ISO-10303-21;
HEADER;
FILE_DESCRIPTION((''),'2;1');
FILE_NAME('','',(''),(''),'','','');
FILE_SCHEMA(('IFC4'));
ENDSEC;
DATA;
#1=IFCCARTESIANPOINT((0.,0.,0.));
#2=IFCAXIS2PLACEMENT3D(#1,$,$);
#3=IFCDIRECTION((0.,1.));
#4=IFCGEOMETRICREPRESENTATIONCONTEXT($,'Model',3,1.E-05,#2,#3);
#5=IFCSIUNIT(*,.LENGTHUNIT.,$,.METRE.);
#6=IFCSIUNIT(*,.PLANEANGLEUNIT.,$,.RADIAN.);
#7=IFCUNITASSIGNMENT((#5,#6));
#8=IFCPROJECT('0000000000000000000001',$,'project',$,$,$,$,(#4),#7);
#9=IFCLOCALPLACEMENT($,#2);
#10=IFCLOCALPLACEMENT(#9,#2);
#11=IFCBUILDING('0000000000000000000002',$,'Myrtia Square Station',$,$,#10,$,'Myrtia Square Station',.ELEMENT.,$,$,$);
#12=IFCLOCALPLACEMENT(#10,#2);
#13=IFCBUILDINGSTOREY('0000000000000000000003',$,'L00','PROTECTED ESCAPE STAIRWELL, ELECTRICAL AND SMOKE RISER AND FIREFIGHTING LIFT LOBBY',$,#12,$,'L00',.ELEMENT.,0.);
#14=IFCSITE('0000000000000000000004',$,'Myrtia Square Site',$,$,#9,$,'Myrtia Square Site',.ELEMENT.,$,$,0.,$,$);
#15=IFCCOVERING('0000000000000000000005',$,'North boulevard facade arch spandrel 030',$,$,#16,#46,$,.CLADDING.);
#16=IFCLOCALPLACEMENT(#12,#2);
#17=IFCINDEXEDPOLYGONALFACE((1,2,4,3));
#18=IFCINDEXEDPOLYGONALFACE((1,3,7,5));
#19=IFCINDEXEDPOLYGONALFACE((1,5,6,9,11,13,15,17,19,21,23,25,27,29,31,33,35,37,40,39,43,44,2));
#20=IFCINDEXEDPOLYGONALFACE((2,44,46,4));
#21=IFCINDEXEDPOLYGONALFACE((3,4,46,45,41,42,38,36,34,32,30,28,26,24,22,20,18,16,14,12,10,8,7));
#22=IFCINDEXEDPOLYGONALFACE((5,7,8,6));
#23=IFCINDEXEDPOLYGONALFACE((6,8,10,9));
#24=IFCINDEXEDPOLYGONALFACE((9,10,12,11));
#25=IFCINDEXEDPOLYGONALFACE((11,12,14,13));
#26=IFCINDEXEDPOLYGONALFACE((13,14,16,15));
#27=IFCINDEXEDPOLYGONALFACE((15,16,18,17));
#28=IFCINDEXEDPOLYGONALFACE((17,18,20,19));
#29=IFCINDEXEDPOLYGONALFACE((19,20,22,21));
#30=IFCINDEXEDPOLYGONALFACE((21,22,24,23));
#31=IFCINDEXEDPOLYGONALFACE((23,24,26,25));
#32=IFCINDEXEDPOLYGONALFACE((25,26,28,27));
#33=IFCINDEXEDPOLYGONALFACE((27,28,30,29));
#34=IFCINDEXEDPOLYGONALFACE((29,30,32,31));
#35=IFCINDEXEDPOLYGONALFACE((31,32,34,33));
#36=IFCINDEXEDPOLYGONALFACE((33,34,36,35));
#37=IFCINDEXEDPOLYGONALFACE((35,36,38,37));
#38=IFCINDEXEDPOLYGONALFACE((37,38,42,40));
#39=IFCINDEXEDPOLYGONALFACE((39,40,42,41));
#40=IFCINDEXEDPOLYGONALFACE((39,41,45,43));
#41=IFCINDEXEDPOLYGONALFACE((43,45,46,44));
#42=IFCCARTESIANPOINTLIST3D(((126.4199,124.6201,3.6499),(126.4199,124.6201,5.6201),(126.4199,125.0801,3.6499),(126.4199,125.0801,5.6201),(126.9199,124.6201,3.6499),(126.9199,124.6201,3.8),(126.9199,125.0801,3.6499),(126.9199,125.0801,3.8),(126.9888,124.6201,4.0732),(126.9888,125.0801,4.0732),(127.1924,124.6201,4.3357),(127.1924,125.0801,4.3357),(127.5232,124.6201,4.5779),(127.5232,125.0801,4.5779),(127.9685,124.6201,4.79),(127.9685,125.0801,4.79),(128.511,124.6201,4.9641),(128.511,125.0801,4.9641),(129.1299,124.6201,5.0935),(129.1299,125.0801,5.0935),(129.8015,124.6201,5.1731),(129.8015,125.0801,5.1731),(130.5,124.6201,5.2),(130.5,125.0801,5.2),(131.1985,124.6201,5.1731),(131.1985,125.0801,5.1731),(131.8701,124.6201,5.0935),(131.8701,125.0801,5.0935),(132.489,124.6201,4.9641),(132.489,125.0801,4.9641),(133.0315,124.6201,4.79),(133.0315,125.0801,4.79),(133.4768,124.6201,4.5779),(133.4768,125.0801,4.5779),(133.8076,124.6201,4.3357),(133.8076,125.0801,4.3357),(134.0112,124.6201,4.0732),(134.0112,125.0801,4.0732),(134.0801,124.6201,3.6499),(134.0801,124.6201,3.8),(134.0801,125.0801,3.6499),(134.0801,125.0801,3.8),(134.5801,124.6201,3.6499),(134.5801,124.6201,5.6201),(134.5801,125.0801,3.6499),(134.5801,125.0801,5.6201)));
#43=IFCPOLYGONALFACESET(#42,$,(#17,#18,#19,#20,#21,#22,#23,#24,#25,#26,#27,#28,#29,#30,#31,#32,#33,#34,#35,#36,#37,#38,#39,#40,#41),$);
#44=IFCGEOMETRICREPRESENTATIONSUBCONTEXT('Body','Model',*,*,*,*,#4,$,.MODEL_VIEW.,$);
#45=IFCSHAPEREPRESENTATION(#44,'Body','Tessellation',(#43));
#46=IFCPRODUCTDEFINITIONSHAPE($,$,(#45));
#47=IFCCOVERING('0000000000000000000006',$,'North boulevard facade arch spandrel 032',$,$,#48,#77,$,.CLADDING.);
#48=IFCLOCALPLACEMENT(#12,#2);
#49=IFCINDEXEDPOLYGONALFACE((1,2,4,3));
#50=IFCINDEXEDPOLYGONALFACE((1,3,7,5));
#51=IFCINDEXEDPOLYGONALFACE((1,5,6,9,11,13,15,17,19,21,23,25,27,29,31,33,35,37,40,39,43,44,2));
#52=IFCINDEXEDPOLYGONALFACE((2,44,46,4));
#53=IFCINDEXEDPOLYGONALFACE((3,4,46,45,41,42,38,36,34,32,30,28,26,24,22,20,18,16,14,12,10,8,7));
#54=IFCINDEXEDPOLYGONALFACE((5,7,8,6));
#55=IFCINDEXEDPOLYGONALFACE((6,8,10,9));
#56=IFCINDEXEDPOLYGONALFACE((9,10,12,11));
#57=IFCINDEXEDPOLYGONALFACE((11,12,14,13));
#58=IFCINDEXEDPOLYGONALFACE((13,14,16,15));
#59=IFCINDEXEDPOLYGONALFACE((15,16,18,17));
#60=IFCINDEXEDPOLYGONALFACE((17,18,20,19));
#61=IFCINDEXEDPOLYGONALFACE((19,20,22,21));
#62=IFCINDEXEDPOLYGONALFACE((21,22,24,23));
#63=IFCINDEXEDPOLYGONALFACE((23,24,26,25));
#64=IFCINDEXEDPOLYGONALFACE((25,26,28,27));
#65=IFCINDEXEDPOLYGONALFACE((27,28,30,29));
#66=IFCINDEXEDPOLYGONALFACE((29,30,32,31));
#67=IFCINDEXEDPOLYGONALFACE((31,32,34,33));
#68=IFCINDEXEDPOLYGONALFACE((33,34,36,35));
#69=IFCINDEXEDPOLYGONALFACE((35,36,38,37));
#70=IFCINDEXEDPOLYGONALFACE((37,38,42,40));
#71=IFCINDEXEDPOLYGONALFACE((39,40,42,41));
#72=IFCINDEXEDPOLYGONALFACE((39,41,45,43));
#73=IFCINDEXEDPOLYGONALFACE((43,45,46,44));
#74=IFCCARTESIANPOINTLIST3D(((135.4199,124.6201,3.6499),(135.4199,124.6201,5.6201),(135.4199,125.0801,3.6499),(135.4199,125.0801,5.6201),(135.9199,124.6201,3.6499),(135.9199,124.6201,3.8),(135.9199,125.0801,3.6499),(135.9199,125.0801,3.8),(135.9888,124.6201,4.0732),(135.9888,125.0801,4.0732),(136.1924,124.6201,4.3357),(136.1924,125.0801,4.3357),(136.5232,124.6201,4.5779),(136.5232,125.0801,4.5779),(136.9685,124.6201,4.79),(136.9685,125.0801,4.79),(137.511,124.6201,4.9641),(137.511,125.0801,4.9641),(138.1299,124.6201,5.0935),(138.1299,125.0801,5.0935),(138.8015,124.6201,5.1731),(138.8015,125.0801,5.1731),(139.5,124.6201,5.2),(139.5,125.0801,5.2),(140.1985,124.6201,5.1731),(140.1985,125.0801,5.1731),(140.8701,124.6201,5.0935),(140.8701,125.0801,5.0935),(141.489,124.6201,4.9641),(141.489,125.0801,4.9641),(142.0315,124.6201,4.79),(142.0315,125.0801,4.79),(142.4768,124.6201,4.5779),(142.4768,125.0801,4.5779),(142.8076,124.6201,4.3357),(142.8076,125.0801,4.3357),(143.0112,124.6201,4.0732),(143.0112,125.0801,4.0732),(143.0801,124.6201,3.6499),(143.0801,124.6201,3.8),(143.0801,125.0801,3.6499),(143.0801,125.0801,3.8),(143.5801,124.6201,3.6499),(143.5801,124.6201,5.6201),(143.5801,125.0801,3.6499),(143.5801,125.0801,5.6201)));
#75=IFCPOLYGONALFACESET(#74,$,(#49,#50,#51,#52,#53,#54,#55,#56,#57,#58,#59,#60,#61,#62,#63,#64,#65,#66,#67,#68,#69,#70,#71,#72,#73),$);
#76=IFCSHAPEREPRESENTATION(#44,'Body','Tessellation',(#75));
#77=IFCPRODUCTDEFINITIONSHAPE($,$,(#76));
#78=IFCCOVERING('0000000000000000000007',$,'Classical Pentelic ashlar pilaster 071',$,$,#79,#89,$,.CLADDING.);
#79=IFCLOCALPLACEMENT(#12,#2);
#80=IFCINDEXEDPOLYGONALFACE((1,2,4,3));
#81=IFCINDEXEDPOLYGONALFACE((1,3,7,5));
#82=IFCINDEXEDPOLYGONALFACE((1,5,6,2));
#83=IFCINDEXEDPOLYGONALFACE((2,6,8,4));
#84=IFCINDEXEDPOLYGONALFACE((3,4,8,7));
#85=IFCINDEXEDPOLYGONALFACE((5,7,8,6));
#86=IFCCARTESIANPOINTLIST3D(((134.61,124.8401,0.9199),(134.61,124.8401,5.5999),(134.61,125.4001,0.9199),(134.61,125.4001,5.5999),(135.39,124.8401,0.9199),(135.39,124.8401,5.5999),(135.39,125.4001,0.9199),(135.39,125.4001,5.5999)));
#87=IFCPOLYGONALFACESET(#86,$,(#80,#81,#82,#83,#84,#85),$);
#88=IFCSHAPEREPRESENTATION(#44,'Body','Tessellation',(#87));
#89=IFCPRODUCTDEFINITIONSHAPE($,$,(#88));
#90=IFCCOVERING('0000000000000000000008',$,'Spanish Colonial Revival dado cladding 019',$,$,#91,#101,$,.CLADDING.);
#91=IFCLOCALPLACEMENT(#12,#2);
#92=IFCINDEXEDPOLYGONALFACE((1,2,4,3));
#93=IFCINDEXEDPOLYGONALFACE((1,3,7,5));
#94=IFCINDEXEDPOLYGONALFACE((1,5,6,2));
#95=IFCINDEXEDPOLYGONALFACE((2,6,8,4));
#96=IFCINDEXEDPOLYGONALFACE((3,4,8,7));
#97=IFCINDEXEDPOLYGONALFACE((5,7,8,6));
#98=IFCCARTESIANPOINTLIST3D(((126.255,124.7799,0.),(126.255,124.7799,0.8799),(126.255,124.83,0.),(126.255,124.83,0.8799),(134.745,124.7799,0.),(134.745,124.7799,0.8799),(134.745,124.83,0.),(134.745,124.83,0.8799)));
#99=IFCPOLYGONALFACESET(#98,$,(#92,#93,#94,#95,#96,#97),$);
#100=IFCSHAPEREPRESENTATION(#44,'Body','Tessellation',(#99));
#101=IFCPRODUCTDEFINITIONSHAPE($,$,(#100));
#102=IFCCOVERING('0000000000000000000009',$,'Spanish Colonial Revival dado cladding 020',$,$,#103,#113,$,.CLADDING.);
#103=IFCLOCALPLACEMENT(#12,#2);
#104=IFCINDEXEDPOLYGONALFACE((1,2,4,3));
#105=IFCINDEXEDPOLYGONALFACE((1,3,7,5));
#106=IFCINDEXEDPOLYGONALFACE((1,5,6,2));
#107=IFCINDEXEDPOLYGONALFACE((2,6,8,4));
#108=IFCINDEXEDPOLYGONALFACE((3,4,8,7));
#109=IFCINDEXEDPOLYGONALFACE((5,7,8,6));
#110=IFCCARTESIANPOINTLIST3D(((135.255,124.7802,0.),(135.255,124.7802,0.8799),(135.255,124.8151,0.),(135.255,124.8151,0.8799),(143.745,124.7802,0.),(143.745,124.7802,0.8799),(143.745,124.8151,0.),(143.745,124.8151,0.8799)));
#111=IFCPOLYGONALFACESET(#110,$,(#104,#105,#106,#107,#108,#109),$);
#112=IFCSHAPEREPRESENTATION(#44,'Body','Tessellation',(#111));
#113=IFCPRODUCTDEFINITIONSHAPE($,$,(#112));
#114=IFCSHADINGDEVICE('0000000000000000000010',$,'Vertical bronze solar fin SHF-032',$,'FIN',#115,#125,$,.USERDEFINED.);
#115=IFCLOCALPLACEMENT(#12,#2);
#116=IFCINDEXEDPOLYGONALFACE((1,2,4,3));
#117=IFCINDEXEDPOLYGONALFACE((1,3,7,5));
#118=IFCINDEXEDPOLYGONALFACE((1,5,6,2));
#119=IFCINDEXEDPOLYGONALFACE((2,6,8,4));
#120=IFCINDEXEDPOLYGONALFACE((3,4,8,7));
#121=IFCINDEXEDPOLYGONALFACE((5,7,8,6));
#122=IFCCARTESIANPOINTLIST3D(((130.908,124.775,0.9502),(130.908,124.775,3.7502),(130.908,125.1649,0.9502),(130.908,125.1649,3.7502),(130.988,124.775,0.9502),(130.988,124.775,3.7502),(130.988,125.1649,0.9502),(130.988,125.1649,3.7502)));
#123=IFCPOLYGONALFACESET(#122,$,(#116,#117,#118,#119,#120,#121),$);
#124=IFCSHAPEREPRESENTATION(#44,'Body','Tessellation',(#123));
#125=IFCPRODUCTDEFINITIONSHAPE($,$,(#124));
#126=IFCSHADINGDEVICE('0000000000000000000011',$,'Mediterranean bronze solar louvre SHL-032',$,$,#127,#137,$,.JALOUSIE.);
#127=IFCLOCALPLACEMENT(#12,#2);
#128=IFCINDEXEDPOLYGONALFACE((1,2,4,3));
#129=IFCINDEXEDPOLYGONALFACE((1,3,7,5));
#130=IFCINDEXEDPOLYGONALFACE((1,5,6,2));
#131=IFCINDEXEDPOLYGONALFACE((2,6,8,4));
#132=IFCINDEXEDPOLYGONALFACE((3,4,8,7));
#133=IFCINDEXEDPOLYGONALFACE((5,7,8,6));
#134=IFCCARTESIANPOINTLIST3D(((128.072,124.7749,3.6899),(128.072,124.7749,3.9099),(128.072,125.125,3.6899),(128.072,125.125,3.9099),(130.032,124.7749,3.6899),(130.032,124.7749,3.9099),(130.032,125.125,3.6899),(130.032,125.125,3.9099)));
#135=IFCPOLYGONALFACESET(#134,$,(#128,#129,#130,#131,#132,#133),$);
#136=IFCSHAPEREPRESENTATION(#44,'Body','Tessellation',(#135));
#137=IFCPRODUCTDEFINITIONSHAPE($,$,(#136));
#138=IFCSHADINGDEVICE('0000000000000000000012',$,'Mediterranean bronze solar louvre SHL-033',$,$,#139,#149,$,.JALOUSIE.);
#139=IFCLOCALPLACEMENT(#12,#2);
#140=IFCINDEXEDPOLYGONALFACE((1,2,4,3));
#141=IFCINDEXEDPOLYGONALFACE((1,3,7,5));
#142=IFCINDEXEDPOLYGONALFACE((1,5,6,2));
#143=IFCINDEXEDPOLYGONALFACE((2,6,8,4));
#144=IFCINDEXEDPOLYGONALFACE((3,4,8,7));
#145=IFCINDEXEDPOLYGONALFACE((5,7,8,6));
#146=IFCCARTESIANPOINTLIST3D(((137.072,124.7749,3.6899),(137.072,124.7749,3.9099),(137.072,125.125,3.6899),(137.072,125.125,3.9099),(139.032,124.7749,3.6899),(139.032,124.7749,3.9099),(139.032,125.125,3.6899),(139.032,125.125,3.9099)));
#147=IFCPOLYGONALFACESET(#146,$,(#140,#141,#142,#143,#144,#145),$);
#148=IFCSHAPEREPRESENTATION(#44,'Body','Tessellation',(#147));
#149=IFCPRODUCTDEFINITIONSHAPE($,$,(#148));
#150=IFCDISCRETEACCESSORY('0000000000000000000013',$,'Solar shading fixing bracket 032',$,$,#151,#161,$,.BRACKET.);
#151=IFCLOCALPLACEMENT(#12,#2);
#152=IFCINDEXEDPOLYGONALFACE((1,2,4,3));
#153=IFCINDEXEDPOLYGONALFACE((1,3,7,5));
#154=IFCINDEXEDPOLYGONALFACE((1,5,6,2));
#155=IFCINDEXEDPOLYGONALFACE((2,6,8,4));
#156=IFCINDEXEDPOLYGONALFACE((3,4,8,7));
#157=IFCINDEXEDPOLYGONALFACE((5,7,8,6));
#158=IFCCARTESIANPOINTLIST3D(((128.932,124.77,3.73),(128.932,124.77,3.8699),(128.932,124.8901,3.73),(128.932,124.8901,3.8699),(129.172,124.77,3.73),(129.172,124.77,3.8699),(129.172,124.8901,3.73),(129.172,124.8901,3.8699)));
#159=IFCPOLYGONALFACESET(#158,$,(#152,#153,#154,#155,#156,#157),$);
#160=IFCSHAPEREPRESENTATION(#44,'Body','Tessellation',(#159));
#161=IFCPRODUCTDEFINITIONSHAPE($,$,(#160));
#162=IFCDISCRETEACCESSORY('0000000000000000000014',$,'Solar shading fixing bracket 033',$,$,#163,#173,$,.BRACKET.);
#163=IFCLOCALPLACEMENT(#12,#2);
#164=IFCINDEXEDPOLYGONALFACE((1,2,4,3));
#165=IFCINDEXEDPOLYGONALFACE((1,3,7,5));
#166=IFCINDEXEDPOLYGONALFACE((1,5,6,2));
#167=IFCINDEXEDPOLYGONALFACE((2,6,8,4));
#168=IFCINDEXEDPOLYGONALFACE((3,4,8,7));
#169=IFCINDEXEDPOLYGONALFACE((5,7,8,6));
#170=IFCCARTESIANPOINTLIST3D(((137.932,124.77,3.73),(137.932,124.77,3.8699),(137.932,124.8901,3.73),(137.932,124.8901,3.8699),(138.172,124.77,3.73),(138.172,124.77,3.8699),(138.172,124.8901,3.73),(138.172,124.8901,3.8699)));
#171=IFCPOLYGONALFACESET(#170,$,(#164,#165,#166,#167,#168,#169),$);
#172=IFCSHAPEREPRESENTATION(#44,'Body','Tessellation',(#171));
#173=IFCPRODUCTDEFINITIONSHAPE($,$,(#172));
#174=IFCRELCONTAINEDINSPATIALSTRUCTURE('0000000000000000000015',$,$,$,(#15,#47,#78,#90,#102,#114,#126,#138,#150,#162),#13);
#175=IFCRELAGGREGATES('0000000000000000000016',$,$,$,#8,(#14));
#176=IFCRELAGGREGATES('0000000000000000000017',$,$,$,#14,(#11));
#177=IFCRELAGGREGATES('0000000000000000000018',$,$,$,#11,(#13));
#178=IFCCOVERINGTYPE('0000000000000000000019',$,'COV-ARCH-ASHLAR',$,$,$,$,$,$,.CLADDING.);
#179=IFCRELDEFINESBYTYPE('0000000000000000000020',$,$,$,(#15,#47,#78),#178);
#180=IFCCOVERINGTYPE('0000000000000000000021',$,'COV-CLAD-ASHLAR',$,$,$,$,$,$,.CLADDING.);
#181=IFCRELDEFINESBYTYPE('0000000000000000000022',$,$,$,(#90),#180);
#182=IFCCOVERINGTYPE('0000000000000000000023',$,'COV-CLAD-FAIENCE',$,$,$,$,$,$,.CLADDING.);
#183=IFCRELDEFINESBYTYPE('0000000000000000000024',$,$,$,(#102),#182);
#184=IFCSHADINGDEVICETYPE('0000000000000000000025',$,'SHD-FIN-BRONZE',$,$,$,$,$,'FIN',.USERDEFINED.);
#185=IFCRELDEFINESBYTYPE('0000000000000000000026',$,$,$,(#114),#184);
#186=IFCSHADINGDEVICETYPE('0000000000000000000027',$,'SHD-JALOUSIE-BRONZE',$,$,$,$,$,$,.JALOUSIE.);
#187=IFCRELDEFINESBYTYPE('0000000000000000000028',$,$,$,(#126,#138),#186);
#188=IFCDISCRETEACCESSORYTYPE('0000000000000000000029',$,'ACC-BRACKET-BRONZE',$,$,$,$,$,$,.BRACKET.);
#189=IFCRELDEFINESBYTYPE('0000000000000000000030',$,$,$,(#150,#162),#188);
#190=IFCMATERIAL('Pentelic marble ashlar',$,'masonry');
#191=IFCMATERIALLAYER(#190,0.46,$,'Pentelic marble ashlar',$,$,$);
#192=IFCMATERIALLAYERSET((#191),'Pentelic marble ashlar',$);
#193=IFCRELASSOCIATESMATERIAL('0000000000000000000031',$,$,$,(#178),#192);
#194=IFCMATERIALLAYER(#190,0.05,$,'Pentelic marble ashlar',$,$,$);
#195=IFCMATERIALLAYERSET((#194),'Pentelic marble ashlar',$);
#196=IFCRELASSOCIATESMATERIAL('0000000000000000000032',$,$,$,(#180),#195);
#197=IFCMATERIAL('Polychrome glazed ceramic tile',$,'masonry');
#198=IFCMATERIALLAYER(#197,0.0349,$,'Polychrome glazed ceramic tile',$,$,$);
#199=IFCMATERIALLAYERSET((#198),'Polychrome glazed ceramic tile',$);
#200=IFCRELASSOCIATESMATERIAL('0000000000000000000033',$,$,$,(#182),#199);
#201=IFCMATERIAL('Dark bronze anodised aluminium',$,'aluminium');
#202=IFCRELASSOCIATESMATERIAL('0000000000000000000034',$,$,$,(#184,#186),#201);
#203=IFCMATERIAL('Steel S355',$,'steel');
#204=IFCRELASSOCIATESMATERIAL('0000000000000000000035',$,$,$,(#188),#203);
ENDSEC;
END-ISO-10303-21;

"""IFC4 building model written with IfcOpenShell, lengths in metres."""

from ifc_helpers import new_model, si_unit, direction, frame, origin, origin_2d, place, context, subcontext, project, spatial, polyline, rectangle, outline, extrude, material, layer, layer_set, type_object, element, save


model = new_model("IFC4")

# Units and contexts
model_context = context("Model", 3, precision=1e-05, world=origin(), true_north=direction((0.0, 1.0)))
body_context = subcontext(model_context, "Body", "Model", "MODEL_VIEW")
ifc_project = project(units=[si_unit("LENGTHUNIT", "METRE"), si_unit("PLANEANGLEUNIT", "RADIAN")], contexts=[model_context])

# Site, building, storey
site_placement = place(None, origin())
site = spatial("IfcSite", under=ifc_project, at=site_placement, Name="Myrtia Square Site", LongName="Myrtia Square Site", CompositionType="ELEMENT", RefElevation=0.0)
building_placement = place(site_placement, origin())
building = spatial("IfcBuilding", under=site, at=building_placement, Name="Myrtia Square Station", LongName="Myrtia Square Station", CompositionType="ELEMENT")
storey_placement = place(building_placement, origin())
storey = spatial("IfcBuildingStorey", under=building, at=storey_placement, Name="L00", Description="PROTECTED ESCAPE STAIRWELL, ELECTRICAL AND SMOKE RISER AND FIREFIGHTING LIFT LOBBY", LongName="L00", CompositionType="ELEMENT", Elevation=0.0)

# Shared definitions
ifc_material_1 = material(Name="Steel S355", Category="steel")

# Coverings
ifc_material_2 = material(Name="Pentelic marble ashlar", Category="masonry")
ifc_layer_1 = layer(ifc_material_2, 0.46, Name="Pentelic marble ashlar")
ifc_layer_set_1 = layer_set([ifc_layer_1], Name="Pentelic marble ashlar")
covering_type_1 = type_object("IfcCoveringType", Name="COV-ARCH-ASHLAR", PredefinedType="CLADDING", material=ifc_layer_set_1)
for number, where, z_axis, x_axis, name in (
    (1, (126.4199, 124.8501, 3.6499), (0.0, 0.0, 1.0), (1.0, 0.0, 0.0), "North boulevard facade arch spandrel 030"),
    (2, (135.4199, 124.8501, 3.6499), (0.0, 0.0, 1.0), (1.0, 0.0, 0.0), "North boulevard facade arch spandrel 032"),
):
    element("IfcCovering", number, at=place(storey_placement, frame(where, z_axis=z_axis, x_axis=x_axis)), inside=storey, type_object=covering_type_1, Name=name, PredefinedType="CLADDING", context=body_context, shape_type="SweptSolid", body=[
        extrude(outline(polyline([(0.0, 0.0), (0.5, 0.0), (0.5, 0.1501), (0.5688, 0.4233), (0.7725, 0.6858), (1.1033, 0.928), (1.5486, 1.1401), (2.0911, 1.3142), (2.71, 1.4436), (3.3816, 1.5232), (4.0801, 1.55), (4.7786, 1.5232), (5.4502, 1.4436), (6.0691, 1.3142), (6.6116, 1.1401), (7.0569, 0.928), (7.3877, 0.6858), (7.5913, 0.4233), (7.6602, 0.1501), (7.6602, 0.0), (8.1602, 0.0), (8.1602, 1.9702), (0.0, 1.9702), (0.0, 0.0)])), frame((0.0, 0.23, 0.0), z_axis=(0.0, -1.0, 0.0), x_axis=(1.0, 0.0, 0.0)), (0.0, 0.0, 1.0), 0.46),
    ])
covering_1_placement = place(storey_placement, frame((135.0, 125.1201, 0.9199), z_axis=(0.0, 0.0, 1.0), x_axis=(1.0, 0.0, 0.0)))
element("IfcCovering", 3, at=covering_1_placement, inside=storey, type_object=covering_type_1, Name="Classical Pentelic ashlar pilaster 071", PredefinedType="CLADDING", context=body_context, shape_type="SweptSolid", body=[
    extrude(rectangle(XDim=0.78, YDim=0.5601, at=origin_2d()), origin(), (0.0, 0.0, 1.0), 4.6799),
])
ifc_layer_2 = layer(ifc_material_2, 0.05, Name="Pentelic marble ashlar")
ifc_layer_set_2 = layer_set([ifc_layer_2], Name="Pentelic marble ashlar")
covering_type_2 = type_object("IfcCoveringType", Name="COV-CLAD-ASHLAR", PredefinedType="CLADDING", material=ifc_layer_set_2)
covering_2_placement = place(storey_placement, frame((130.5, 124.8049, 0.0), z_axis=(0.0, 0.0, 1.0), x_axis=(1.0, 0.0, 0.0)))
element("IfcCovering", 4, at=covering_2_placement, inside=storey, type_object=covering_type_2, Name="Spanish Colonial Revival dado cladding 019", PredefinedType="CLADDING", context=body_context, shape_type="SweptSolid", body=[
    extrude(rectangle(XDim=8.49, YDim=0.05, at=origin_2d()), origin(), (0.0, 0.0, 1.0), 0.8799),
])
ifc_material_3 = material(Name="Polychrome glazed ceramic tile", Category="masonry")
ifc_layer_3 = layer(ifc_material_3, 0.0349, Name="Polychrome glazed ceramic tile")
ifc_layer_set_3 = layer_set([ifc_layer_3], Name="Polychrome glazed ceramic tile")
covering_type_3 = type_object("IfcCoveringType", Name="COV-CLAD-FAIENCE", PredefinedType="CLADDING", material=ifc_layer_set_3)
covering_3_placement = place(storey_placement, frame((139.5, 124.7976, 0.0), z_axis=(0.0, 0.0, 1.0), x_axis=(1.0, 0.0, 0.0)))
element("IfcCovering", 5, at=covering_3_placement, inside=storey, type_object=covering_type_3, Name="Spanish Colonial Revival dado cladding 020", PredefinedType="CLADDING", context=body_context, shape_type="SweptSolid", body=[
    extrude(rectangle(XDim=8.49, YDim=0.0349, at=origin_2d()), origin(), (0.0, 0.0, 1.0), 0.8799),
])

# Shading devices
ifc_material_4 = material(Name="Dark bronze anodised aluminium", Category="aluminium")
shading_device_type_1 = type_object("IfcShadingDeviceType", Name="SHD-FIN-BRONZE", ElementType="FIN", PredefinedType="USERDEFINED", material=ifc_material_4)
shading_device_placement = place(storey_placement, frame((130.948, 124.97, 0.9502), z_axis=(0.0, 0.0, 1.0), x_axis=(1.0, 0.0, 0.0)))
element("IfcShadingDevice", 6, at=shading_device_placement, inside=storey, type_object=shading_device_type_1, Name="Vertical bronze solar fin SHF-032", ObjectType="FIN", PredefinedType="USERDEFINED", context=body_context, shape_type="SweptSolid", body=[
    extrude(rectangle(XDim=0.0801, YDim=0.3899, at=origin_2d()), origin(), (0.0, 0.0, 1.0), 2.8),
])
shading_device_type_2 = type_object("IfcShadingDeviceType", Name="SHD-JALOUSIE-BRONZE", PredefinedType="JALOUSIE", material=ifc_material_4)
for number, where, z_axis, x_axis, name in (
    (7, (129.052, 124.95, 3.6899), (0.0, 0.0, 1.0), (1.0, 0.0, 0.0), "Mediterranean bronze solar louvre SHL-032"),
    (8, (138.052, 124.95, 3.6899), (0.0, 0.0, 1.0), (1.0, 0.0, 0.0), "Mediterranean bronze solar louvre SHL-033"),
):
    element("IfcShadingDevice", number, at=place(storey_placement, frame(where, z_axis=z_axis, x_axis=x_axis)), inside=storey, type_object=shading_device_type_2, Name=name, PredefinedType="JALOUSIE", context=body_context, shape_type="SweptSolid", body=[
        extrude(rectangle(XDim=1.96, YDim=0.3501, at=origin_2d()), origin(), (0.0, 0.0, 1.0), 0.22),
    ])

# Discrete accessories
discrete_accessory_type = type_object("IfcDiscreteAccessoryType", Name="ACC-BRACKET-BRONZE", PredefinedType="BRACKET", material=ifc_material_1)
for number, where, z_axis, x_axis, name in (
    (9, (129.052, 124.8301, 3.73), (0.0, 0.0, 1.0), (1.0, 0.0, 0.0), "Solar shading fixing bracket 032"),
    (10, (138.052, 124.8301, 3.73), (0.0, 0.0, 1.0), (1.0, 0.0, 0.0), "Solar shading fixing bracket 033"),
):
    element("IfcDiscreteAccessory", number, at=place(storey_placement, frame(where, z_axis=z_axis, x_axis=x_axis)), inside=storey, type_object=discrete_accessory_type, Name=name, PredefinedType="BRACKET", context=body_context, shape_type="SweptSolid", body=[
        extrude(rectangle(XDim=0.24, YDim=0.1201, at=origin_2d()), origin(), (0.0, 0.0, 1.0), 0.1399),
    ])

save(model, "model.ifc")
